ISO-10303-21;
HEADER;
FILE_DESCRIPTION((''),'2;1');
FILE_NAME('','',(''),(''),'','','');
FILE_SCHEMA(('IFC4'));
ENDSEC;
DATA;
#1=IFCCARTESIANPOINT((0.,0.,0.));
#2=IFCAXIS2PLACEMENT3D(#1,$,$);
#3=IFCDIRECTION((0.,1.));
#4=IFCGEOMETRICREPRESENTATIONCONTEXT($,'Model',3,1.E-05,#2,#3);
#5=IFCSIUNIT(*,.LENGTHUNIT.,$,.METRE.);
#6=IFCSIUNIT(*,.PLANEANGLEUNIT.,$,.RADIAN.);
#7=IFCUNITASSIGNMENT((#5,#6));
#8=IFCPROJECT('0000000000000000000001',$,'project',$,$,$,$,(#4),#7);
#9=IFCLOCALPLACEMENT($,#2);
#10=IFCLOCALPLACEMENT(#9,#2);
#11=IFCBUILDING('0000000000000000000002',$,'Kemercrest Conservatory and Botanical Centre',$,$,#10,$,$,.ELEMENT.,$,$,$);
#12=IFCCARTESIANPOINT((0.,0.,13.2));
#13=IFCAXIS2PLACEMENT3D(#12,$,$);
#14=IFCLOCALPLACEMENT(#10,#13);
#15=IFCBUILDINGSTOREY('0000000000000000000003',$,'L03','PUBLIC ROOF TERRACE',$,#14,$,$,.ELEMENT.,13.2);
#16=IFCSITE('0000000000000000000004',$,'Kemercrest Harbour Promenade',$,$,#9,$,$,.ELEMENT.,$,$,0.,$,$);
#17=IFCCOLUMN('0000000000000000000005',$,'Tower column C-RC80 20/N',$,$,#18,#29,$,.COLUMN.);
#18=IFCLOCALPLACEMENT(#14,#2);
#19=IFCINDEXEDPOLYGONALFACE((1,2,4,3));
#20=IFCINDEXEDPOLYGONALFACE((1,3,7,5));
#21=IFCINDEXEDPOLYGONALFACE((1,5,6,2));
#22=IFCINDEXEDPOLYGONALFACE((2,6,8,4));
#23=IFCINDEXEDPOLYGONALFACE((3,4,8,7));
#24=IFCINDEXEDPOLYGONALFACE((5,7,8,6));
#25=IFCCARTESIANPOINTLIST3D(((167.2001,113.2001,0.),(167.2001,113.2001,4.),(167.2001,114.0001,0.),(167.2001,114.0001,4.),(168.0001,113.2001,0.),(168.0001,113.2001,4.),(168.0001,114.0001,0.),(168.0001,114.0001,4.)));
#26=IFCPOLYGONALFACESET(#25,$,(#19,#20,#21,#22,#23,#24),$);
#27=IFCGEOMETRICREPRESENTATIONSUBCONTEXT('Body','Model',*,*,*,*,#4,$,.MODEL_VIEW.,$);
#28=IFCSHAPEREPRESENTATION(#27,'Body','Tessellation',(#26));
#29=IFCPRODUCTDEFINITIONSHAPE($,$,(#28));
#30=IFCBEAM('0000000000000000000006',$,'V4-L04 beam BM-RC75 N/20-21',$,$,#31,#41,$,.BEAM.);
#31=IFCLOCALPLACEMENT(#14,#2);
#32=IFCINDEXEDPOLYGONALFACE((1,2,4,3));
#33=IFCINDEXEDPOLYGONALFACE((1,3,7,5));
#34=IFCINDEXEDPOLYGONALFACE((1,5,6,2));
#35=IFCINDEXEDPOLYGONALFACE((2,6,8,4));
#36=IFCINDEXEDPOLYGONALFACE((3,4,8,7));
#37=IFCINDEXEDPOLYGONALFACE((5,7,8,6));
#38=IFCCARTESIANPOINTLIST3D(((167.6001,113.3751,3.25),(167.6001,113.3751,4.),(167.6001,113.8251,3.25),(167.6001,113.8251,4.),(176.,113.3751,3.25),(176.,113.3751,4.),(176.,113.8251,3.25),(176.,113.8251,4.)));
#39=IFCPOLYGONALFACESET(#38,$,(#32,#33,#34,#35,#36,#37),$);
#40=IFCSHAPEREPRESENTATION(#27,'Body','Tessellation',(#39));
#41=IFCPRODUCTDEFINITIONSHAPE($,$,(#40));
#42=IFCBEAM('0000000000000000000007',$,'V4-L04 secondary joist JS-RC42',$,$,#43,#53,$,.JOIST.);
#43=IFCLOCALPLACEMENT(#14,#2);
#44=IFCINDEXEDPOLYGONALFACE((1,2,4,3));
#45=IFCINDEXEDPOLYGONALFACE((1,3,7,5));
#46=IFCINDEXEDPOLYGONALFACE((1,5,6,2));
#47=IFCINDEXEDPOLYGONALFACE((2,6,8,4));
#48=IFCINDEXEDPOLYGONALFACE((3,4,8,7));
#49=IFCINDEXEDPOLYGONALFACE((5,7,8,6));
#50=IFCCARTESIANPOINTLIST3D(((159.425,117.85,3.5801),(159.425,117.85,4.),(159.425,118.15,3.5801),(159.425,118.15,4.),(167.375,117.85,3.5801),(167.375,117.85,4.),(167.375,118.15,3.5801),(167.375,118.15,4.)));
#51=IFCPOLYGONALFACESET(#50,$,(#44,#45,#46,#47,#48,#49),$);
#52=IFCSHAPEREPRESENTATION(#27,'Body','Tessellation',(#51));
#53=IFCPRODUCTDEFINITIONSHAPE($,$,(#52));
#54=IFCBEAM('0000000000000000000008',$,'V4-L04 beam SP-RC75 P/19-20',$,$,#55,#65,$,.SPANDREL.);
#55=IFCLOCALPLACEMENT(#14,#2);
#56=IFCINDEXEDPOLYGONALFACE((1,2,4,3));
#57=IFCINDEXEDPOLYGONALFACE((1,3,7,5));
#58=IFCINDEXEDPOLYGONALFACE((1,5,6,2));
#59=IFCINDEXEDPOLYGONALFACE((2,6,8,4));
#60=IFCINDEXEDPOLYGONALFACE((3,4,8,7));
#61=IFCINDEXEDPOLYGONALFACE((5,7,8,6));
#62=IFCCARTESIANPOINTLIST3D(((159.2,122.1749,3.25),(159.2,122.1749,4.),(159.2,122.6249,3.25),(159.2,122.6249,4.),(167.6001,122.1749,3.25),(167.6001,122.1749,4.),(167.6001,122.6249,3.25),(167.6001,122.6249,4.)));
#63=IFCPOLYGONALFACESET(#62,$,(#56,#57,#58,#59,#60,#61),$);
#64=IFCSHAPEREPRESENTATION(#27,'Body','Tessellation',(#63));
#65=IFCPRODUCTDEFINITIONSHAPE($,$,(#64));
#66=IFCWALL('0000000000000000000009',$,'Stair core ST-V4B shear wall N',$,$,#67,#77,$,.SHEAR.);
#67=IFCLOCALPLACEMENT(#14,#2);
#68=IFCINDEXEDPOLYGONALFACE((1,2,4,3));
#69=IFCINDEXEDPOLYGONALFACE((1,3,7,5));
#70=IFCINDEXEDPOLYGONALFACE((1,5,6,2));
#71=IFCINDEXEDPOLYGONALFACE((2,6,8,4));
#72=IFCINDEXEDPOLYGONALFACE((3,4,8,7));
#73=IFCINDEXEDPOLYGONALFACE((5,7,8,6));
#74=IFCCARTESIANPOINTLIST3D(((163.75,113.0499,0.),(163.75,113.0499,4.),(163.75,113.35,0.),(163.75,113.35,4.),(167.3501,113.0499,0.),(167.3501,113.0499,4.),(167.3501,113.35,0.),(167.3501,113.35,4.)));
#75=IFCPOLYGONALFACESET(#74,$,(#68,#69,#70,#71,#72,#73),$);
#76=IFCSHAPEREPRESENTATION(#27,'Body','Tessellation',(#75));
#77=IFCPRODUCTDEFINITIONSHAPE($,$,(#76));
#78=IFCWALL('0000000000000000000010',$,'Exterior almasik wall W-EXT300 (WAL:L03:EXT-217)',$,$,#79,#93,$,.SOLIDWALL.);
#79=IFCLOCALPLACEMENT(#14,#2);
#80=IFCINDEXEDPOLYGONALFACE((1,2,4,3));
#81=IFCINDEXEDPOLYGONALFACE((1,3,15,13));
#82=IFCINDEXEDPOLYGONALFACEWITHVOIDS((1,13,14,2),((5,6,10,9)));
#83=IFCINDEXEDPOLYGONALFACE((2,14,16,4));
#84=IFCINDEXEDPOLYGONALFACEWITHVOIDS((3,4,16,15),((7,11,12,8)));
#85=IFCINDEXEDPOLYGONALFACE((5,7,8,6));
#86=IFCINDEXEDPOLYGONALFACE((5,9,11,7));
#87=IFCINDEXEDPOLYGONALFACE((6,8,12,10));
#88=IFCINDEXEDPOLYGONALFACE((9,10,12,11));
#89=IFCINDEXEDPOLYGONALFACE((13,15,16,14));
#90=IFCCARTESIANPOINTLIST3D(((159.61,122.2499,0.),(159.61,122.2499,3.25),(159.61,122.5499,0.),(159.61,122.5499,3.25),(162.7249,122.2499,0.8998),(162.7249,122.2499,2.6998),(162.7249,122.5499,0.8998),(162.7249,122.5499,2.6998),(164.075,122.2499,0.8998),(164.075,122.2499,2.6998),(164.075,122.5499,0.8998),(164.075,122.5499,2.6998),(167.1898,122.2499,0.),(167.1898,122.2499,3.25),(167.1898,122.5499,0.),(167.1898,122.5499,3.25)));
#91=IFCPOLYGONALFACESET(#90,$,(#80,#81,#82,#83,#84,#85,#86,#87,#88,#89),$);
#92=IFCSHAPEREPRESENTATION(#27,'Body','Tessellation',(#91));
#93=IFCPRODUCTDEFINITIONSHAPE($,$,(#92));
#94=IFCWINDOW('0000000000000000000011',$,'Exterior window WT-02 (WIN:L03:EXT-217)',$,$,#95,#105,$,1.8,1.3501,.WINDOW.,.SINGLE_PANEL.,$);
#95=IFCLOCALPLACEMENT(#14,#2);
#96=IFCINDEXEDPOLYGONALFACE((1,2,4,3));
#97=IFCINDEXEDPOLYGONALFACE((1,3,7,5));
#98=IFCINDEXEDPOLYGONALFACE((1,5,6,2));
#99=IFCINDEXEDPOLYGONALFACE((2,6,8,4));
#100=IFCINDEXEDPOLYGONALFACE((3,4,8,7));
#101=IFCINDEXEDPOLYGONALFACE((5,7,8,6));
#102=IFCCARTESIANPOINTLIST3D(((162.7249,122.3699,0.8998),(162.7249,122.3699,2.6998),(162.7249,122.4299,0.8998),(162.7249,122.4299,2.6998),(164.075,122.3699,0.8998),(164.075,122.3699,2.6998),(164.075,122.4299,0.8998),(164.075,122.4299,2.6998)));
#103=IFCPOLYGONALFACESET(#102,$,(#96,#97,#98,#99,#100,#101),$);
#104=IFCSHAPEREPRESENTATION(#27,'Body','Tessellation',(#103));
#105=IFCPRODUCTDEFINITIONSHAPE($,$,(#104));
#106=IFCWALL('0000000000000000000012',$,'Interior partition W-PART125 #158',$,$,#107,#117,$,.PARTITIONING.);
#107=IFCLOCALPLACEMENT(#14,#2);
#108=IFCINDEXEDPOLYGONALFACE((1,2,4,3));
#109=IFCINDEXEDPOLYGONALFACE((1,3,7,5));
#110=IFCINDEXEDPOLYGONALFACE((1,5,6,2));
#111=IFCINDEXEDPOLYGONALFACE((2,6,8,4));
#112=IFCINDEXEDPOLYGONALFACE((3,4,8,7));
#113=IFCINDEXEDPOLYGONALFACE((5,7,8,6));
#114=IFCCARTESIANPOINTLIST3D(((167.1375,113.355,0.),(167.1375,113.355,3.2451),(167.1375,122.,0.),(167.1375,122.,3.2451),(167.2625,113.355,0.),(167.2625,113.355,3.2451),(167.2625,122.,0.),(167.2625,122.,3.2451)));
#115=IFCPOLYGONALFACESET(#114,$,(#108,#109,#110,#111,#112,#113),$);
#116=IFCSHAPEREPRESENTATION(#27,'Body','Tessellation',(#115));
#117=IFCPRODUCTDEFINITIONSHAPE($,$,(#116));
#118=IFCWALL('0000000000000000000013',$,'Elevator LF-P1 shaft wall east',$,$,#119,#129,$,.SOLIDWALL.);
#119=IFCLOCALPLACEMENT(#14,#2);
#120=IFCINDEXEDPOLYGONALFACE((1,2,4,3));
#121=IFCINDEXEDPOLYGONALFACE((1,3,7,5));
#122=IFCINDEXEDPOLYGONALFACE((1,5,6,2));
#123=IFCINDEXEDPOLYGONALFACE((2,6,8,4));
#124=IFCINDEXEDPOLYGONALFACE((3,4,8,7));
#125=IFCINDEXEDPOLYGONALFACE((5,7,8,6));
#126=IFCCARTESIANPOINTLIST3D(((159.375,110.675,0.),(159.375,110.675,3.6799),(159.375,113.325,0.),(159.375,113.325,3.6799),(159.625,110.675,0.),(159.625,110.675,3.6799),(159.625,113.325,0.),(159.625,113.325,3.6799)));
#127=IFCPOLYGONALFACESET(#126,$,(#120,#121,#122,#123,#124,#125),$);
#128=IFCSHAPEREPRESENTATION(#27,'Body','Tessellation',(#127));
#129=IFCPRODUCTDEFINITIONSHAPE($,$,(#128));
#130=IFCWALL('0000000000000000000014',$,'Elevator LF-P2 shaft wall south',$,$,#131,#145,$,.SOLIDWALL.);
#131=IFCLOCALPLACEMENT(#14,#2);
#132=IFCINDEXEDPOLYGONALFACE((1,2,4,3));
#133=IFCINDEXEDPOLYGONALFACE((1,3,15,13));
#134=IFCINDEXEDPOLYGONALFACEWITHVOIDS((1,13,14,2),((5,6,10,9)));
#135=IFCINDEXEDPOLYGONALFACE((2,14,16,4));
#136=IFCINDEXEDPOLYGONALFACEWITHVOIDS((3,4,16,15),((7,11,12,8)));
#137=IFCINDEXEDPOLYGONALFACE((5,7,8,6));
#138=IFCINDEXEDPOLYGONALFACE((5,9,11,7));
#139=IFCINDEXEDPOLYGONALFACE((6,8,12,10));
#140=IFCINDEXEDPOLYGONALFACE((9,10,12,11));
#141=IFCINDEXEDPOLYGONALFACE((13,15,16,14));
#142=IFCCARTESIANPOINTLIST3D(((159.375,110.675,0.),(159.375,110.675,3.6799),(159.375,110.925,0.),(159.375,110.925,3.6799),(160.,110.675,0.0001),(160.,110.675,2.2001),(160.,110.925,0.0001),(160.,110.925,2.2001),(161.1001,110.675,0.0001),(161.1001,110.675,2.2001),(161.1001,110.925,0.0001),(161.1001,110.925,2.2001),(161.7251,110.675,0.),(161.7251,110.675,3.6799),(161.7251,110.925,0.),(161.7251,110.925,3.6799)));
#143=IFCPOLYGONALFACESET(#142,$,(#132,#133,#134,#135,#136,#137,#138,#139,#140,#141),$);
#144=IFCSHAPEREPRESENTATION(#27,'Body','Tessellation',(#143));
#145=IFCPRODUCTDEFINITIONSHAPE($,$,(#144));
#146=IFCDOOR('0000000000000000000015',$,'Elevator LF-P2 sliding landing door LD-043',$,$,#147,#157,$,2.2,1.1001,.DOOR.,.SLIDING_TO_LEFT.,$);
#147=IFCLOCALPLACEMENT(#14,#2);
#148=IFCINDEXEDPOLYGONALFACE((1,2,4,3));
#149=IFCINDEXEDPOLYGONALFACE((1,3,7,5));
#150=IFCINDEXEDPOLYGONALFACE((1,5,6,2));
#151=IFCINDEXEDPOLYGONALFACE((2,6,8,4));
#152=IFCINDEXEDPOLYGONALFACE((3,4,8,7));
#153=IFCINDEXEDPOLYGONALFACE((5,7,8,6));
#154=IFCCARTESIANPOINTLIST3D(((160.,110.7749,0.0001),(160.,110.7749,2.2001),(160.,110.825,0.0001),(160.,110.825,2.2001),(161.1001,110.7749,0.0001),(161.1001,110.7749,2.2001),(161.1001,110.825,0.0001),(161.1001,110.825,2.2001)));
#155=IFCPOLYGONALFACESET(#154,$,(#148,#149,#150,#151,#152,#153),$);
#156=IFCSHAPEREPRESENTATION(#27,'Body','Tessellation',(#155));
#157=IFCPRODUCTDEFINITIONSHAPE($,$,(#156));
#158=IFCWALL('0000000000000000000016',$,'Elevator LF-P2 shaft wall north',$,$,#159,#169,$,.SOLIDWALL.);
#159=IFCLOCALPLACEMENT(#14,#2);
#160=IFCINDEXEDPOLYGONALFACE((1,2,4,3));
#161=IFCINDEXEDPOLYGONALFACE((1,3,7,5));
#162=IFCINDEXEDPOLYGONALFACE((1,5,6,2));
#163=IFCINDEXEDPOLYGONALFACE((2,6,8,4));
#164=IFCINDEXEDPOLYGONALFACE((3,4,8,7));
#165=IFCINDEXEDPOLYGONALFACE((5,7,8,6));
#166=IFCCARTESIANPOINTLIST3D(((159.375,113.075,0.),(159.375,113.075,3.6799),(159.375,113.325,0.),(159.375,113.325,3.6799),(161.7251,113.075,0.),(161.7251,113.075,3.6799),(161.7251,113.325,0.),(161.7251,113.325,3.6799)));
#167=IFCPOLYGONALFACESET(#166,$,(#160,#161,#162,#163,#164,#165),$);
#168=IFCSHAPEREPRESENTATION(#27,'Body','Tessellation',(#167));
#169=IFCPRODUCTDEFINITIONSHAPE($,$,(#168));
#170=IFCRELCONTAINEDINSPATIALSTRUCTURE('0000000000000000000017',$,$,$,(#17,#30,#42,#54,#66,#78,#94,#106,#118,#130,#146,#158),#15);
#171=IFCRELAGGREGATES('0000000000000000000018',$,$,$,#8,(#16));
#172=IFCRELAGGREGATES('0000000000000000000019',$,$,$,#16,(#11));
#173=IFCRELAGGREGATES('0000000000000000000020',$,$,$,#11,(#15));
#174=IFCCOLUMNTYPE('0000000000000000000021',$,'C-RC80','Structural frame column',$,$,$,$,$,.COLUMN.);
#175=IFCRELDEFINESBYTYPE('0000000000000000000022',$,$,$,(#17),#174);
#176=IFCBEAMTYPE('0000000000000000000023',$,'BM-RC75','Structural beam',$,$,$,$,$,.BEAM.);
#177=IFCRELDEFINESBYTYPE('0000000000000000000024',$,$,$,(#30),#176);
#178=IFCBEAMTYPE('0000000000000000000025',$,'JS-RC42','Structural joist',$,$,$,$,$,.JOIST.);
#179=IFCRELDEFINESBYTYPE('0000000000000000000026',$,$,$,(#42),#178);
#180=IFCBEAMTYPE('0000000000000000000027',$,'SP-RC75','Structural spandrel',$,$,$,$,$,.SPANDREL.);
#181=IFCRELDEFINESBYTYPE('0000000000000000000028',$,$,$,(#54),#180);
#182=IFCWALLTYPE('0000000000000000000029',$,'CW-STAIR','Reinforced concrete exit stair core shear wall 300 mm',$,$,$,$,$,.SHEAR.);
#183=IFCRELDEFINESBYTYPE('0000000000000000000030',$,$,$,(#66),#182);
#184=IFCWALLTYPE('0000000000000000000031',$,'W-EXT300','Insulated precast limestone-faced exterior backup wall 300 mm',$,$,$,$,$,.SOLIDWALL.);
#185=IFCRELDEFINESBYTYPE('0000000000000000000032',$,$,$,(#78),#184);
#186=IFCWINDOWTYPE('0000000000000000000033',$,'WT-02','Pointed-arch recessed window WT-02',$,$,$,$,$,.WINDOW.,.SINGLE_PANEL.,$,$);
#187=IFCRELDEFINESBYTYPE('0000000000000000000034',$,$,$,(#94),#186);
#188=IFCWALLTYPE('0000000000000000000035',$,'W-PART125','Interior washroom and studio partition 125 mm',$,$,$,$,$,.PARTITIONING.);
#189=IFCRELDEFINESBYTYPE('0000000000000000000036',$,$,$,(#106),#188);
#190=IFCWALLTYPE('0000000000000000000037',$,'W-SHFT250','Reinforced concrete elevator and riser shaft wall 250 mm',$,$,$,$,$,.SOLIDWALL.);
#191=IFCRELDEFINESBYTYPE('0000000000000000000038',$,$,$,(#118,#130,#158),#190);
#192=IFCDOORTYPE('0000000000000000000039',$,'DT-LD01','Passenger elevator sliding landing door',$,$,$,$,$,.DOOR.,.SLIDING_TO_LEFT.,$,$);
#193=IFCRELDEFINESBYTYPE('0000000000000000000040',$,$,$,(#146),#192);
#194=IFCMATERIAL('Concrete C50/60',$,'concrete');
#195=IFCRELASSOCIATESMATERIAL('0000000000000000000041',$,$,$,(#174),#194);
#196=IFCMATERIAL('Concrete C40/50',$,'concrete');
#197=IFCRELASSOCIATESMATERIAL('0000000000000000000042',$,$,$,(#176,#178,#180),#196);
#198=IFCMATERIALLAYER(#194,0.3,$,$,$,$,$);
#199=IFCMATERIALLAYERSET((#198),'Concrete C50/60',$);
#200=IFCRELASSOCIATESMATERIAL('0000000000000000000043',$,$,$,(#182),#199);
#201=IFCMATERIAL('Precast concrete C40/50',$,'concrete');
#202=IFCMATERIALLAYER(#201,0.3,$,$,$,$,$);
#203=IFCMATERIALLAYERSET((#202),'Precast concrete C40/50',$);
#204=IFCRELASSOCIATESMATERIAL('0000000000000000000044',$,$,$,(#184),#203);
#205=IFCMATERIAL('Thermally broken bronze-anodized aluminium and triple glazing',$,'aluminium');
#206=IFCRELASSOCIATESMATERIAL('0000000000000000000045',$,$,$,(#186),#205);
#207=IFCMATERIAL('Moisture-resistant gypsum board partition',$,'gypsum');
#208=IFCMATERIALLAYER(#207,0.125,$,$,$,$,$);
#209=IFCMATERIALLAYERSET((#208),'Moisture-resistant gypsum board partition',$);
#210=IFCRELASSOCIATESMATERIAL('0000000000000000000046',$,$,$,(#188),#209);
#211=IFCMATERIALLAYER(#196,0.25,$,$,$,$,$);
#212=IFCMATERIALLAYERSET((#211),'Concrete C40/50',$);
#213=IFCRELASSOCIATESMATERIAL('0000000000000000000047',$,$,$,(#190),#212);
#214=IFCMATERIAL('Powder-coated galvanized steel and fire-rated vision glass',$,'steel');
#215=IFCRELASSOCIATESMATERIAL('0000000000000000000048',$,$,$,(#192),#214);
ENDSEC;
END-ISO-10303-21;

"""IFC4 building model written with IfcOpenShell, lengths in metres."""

from ifc_helpers import new_model, si_unit, direction, frame, frame_2d, origin, origin_2d, place, context, subcontext, project, spatial, rectangle, extrude, material, layer, layer_set, material_profile, profile_set, type_object, element, fill, save


model = new_model("IFC4")

# Units and contexts
model_context = context("Model", 3, precision=1e-05, world=origin(), true_north=direction((0.0, 1.0)))
body_context = subcontext(model_context, "Body", "Model", "MODEL_VIEW")
ifc_project = project(units=[si_unit("LENGTHUNIT", "METRE"), si_unit("PLANEANGLEUNIT", "RADIAN")], contexts=[model_context])

# Site, building, storey
site_placement = place(None, origin())
site = spatial("IfcSite", under=ifc_project, at=site_placement, Name="Kemercrest Harbour Promenade", CompositionType="ELEMENT", RefElevation=0.0)
building_placement = place(site_placement, origin())
building = spatial("IfcBuilding", under=site, at=building_placement, Name="Kemercrest Conservatory and Botanical Centre", CompositionType="ELEMENT")
storey_placement = place(building_placement, frame((0.0, 0.0, 13.2)))
storey = spatial("IfcBuildingStorey", under=building, at=storey_placement, Name="L03", Description="PUBLIC ROOF TERRACE", CompositionType="ELEMENT", Elevation=13.2)

# Column
ifc_material_1 = material(Name="Concrete C50/60", Category="concrete")
ifc_material_profile_1 = material_profile(ifc_material_1, rectangle(XDim=0.8, YDim=0.8, at=origin_2d()), Name="RC 800x800")
ifc_profile_set_1 = profile_set([ifc_material_profile_1], Name="Concrete C50/60")
column_type = type_object("IfcColumnType", Name="C-RC80", Description="Structural frame column", PredefinedType="COLUMN", material=ifc_profile_set_1)
column_placement = place(storey_placement, frame((167.6001, 113.6001, 0.0), z_axis=(0.0, 0.0, 1.0), x_axis=(1.0, 0.0, 0.0)))
element("IfcColumn", 1, at=column_placement, inside=storey, type_object=column_type, Name="Tower column C-RC80 20/N", PredefinedType="COLUMN", context=body_context, shape_type="SweptSolid", body=[
    extrude(rectangle(XDim=0.8, YDim=0.8, at=origin_2d()), origin(), (0.0, 0.0, 1.0), 4.0),
])

# Beams
ifc_material_2 = material(Name="Concrete C40/50", Category="concrete")
ifc_material_profile_2 = material_profile(ifc_material_2, rectangle(XDim=0.45, YDim=0.75, at=origin_2d()), Name="RC 450x750")
ifc_profile_set_2 = profile_set([ifc_material_profile_2], Name="Concrete C40/50")
beam_type_1 = type_object("IfcBeamType", Name="BM-RC75", Description="Structural beam", PredefinedType="BEAM", material=ifc_profile_set_2)
beam_1_placement = place(storey_placement, frame((167.6001, 113.6001, 3.625), z_axis=(1.0, 0.0, 0.0), x_axis=(0.0, 1.0, 0.0)))
element("IfcBeam", 2, at=beam_1_placement, inside=storey, type_object=beam_type_1, Name="V4-L04 beam BM-RC75 N/20-21", PredefinedType="BEAM", context=body_context, shape_type="SweptSolid", body=[
    extrude(rectangle(XDim=0.45, YDim=0.75, at=origin_2d()), origin(), (0.0, 0.0, 1.0), 8.3999),
])
ifc_material_profile_3 = material_profile(ifc_material_2, rectangle(XDim=0.3, YDim=0.4199, at=origin_2d()), Name="RC 300x420")
ifc_profile_set_3 = profile_set([ifc_material_profile_3], Name="Concrete C40/50")
beam_type_2 = type_object("IfcBeamType", Name="JS-RC42", Description="Structural joist", PredefinedType="JOIST", material=ifc_profile_set_3)
beam_2_placement = place(storey_placement, frame((159.425, 118.0, 3.79), z_axis=(1.0, 0.0, 0.0), x_axis=(0.0, 1.0, 0.0)))
element("IfcBeam", 3, at=beam_2_placement, inside=storey, type_object=beam_type_2, Name="V4-L04 secondary joist JS-RC42", PredefinedType="JOIST", context=body_context, shape_type="SweptSolid", body=[
    extrude(rectangle(XDim=0.3, YDim=0.4199, at=origin_2d()), origin(), (0.0, 0.0, 1.0), 7.95),
])
ifc_material_profile_4 = material_profile(ifc_material_2, rectangle(XDim=0.45, YDim=0.75, at=origin_2d()), Name="RC 450x750")
ifc_profile_set_4 = profile_set([ifc_material_profile_4], Name="Concrete C40/50")
beam_type_3 = type_object("IfcBeamType", Name="SP-RC75", Description="Structural spandrel", PredefinedType="SPANDREL", material=ifc_profile_set_4)
beam_3_placement = place(storey_placement, frame((159.2, 122.3999, 3.625), z_axis=(1.0, 0.0, 0.0), x_axis=(0.0, 1.0, 0.0)))
element("IfcBeam", 4, at=beam_3_placement, inside=storey, type_object=beam_type_3, Name="V4-L04 beam SP-RC75 P/19-20", PredefinedType="SPANDREL", context=body_context, shape_type="SweptSolid", body=[
    extrude(rectangle(XDim=0.45, YDim=0.75, at=origin_2d()), origin(), (0.0, 0.0, 1.0), 8.4001),
])

# Wall
ifc_layer_1 = layer(ifc_material_1, 0.3)
ifc_layer_set_1 = layer_set([ifc_layer_1], Name="Concrete C50/60")
wall_type_1 = type_object("IfcWallType", Name="CW-STAIR", Description="Reinforced concrete exit stair core shear wall 300 mm", PredefinedType="SHEAR", material=ifc_layer_set_1)
wall_1_placement = place(storey_placement, frame((163.75, 113.2, 0.0), z_axis=(0.0, 0.0, 1.0), x_axis=(1.0, 0.0, 0.0)))
element("IfcWall", 5, at=wall_1_placement, inside=storey, type_object=wall_type_1, Name="Stair core ST-V4B shear wall N", PredefinedType="SHEAR", context=body_context, shape_type="SweptSolid", body=[
    extrude(rectangle(XDim=3.6001, YDim=0.3, at=frame_2d((1.8, 0.0))), origin(), (0.0, 0.0, 1.0), 4.0),
])

# Wall, opening, window
ifc_material_3 = material(Name="Precast concrete C40/50", Category="concrete")
ifc_layer_2 = layer(ifc_material_3, 0.3)
ifc_layer_set_2 = layer_set([ifc_layer_2], Name="Precast concrete C40/50")
wall_type_2 = type_object("IfcWallType", Name="W-EXT300", Description="Insulated precast limestone-faced exterior backup wall 300 mm", PredefinedType="SOLIDWALL", material=ifc_layer_set_2)
wall_2_placement = place(storey_placement, frame((167.1899, 122.3999, 0.0), z_axis=(0.0, 0.0, 1.0), x_axis=(-1.0, 0.0, 0.0)))
wall_2 = element("IfcWall", 6, at=wall_2_placement, inside=storey, type_object=wall_type_2, Name="Exterior almasik wall W-EXT300 (WAL:L03:EXT-217)", PredefinedType="SOLIDWALL", context=body_context, shape_type="SweptSolid", body=[
    extrude(rectangle(XDim=7.5798, YDim=0.3, at=frame_2d((3.79, 0.0))), origin(), (0.0, 0.0, 1.0), 3.25),
])
opening_1_placement = place(wall_2_placement, frame((3.115, 0.0, 0.8999)))
opening_1 = element("IfcOpeningElement", 7, at=opening_1_placement, cuts=wall_2, PredefinedType="OPENING", context=body_context, shape_type="SweptSolid", body=[
    extrude(rectangle(XDim=1.3501, YDim=1.8, at=frame_2d((0.675, 0.8999))), frame((0.0, 0.1602, 0.0), z_axis=(0.0, -1.0, 0.0), x_axis=(1.0, 0.0, 0.0)), (0.0, 0.0, 1.0), 0.3201),
])
ifc_material_4 = material(Name="Thermally broken bronze-anodized aluminium and triple glazing", Category="aluminium")
window_type = type_object("IfcWindowType", Name="WT-02", Description="Pointed-arch recessed window WT-02", PartitioningType="SINGLE_PANEL", PredefinedType="WINDOW", material=ifc_material_4)
window_placement = place(opening_1_placement, origin())
window = element("IfcWindow", 8, at=window_placement, inside=storey, type_object=window_type, Name="Exterior window WT-02 (WIN:L03:EXT-217)", OverallHeight=1.8, OverallWidth=1.3501, PartitioningType="SINGLE_PANEL", PredefinedType="WINDOW", context=body_context, shape_type="SweptSolid", body=[
    extrude(rectangle(XDim=1.3501, YDim=1.8, at=frame_2d((0.675, 0.8999))), frame((0.0, 0.03, 0.0), z_axis=(0.0, -1.0, 0.0), x_axis=(1.0, 0.0, 0.0)), (0.0, 0.0, 1.0), 0.0601),
])
fill(opening_1, window)

# Walls
ifc_material_5 = material(Name="Moisture-resistant gypsum board partition", Category="gypsum")
ifc_layer_3 = layer(ifc_material_5, 0.125)
ifc_layer_set_3 = layer_set([ifc_layer_3], Name="Moisture-resistant gypsum board partition")
wall_type_3 = type_object("IfcWallType", Name="W-PART125", Description="Interior washroom and studio partition 125 mm", PredefinedType="PARTITIONING", material=ifc_layer_set_3)
wall_3_placement = place(storey_placement, frame((167.2, 113.355, 0.0), z_axis=(0.0, 0.0, 1.0), x_axis=(0.0, 1.0, 0.0)))
element("IfcWall", 9, at=wall_3_placement, inside=storey, type_object=wall_type_3, Name="Interior partition W-PART125 #158", PredefinedType="PARTITIONING", context=body_context, shape_type="SweptSolid", body=[
    extrude(rectangle(XDim=8.645, YDim=0.125, at=frame_2d((4.3225, 0.0))), origin(), (0.0, 0.0, 1.0), 3.2451),
])
ifc_layer_4 = layer(ifc_material_2, 0.25)
ifc_layer_set_4 = layer_set([ifc_layer_4], Name="Concrete C40/50")
wall_type_4 = type_object("IfcWallType", Name="W-SHFT250", Description="Reinforced concrete elevator and riser shaft wall 250 mm", PredefinedType="SOLIDWALL", material=ifc_layer_set_4)
wall_4_placement = place(storey_placement, frame((159.5, 110.675, 0.0), z_axis=(0.0, 0.0, 1.0), x_axis=(0.0, 1.0, 0.0)))
element("IfcWall", 10, at=wall_4_placement, inside=storey, type_object=wall_type_4, Name="Elevator LF-P1 shaft wall east", PredefinedType="SOLIDWALL", context=body_context, shape_type="SweptSolid", body=[
    extrude(rectangle(XDim=2.6499, YDim=0.25, at=frame_2d((1.325, 0.0))), origin(), (0.0, 0.0, 1.0), 3.6799),
])

# Wall, opening, door
wall_5_placement = place(storey_placement, frame((159.375, 110.8, 0.0), z_axis=(0.0, 0.0, 1.0), x_axis=(1.0, 0.0, 0.0)))
wall_5 = element("IfcWall", 11, at=wall_5_placement, inside=storey, type_object=wall_type_4, Name="Elevator LF-P2 shaft wall south", PredefinedType="SOLIDWALL", context=body_context, shape_type="SweptSolid", body=[
    extrude(rectangle(XDim=2.3501, YDim=0.25, at=frame_2d((1.175, 0.0))), origin(), (0.0, 0.0, 1.0), 3.6799),
])
opening_2_placement = place(wall_5_placement, frame((0.625, 0.0, 0.0)))
opening_2 = element("IfcOpeningElement", 12, at=opening_2_placement, cuts=wall_5, PredefinedType="OPENING", context=body_context, shape_type="SweptSolid", body=[
    extrude(rectangle(XDim=1.1001, YDim=2.2, at=frame_2d((0.55, 1.1001))), frame((0.0, 0.135, 0.0), z_axis=(0.0, -1.0, 0.0), x_axis=(1.0, 0.0, 0.0)), (0.0, 0.0, 1.0), 0.27),
])
ifc_material_6 = material(Name="Powder-coated galvanized steel and fire-rated vision glass", Category="steel")
door_type_1 = type_object("IfcDoorType", Name="DT-LD01", Description="Passenger elevator sliding landing door", OperationType="SLIDING_TO_LEFT", PredefinedType="DOOR", material=ifc_material_6)
door_1_placement = place(opening_2_placement, origin())
door_1 = element("IfcDoor", 13, at=door_1_placement, inside=storey, type_object=door_type_1, Name="Elevator LF-P2 sliding landing door LD-043", OperationType="SLIDING_TO_LEFT", OverallHeight=2.2, OverallWidth=1.1001, PredefinedType="DOOR", context=body_context, shape_type="SweptSolid", body=[
    extrude(rectangle(XDim=1.1001, YDim=2.2, at=frame_2d((0.55, 1.1001))), frame((0.0, 0.0249, 0.0), z_axis=(0.0, -1.0, 0.0), x_axis=(1.0, 0.0, 0.0)), (0.0, 0.0, 1.0), 0.05),
])
fill(opening_2, door_1)

# Wall
wall_6_placement = place(storey_placement, frame((159.375, 113.2, 0.0), z_axis=(0.0, 0.0, 1.0), x_axis=(1.0, 0.0, 0.0)))
element("IfcWall", 14, at=wall_6_placement, inside=storey, type_object=wall_type_4, Name="Elevator LF-P2 shaft wall north", PredefinedType="SOLIDWALL", context=body_context, shape_type="SweptSolid", body=[
    extrude(rectangle(XDim=2.3501, YDim=0.25, at=frame_2d((1.175, 0.0))), origin(), (0.0, 0.0, 1.0), 3.6799),
])

save(model, "model.ifc")
